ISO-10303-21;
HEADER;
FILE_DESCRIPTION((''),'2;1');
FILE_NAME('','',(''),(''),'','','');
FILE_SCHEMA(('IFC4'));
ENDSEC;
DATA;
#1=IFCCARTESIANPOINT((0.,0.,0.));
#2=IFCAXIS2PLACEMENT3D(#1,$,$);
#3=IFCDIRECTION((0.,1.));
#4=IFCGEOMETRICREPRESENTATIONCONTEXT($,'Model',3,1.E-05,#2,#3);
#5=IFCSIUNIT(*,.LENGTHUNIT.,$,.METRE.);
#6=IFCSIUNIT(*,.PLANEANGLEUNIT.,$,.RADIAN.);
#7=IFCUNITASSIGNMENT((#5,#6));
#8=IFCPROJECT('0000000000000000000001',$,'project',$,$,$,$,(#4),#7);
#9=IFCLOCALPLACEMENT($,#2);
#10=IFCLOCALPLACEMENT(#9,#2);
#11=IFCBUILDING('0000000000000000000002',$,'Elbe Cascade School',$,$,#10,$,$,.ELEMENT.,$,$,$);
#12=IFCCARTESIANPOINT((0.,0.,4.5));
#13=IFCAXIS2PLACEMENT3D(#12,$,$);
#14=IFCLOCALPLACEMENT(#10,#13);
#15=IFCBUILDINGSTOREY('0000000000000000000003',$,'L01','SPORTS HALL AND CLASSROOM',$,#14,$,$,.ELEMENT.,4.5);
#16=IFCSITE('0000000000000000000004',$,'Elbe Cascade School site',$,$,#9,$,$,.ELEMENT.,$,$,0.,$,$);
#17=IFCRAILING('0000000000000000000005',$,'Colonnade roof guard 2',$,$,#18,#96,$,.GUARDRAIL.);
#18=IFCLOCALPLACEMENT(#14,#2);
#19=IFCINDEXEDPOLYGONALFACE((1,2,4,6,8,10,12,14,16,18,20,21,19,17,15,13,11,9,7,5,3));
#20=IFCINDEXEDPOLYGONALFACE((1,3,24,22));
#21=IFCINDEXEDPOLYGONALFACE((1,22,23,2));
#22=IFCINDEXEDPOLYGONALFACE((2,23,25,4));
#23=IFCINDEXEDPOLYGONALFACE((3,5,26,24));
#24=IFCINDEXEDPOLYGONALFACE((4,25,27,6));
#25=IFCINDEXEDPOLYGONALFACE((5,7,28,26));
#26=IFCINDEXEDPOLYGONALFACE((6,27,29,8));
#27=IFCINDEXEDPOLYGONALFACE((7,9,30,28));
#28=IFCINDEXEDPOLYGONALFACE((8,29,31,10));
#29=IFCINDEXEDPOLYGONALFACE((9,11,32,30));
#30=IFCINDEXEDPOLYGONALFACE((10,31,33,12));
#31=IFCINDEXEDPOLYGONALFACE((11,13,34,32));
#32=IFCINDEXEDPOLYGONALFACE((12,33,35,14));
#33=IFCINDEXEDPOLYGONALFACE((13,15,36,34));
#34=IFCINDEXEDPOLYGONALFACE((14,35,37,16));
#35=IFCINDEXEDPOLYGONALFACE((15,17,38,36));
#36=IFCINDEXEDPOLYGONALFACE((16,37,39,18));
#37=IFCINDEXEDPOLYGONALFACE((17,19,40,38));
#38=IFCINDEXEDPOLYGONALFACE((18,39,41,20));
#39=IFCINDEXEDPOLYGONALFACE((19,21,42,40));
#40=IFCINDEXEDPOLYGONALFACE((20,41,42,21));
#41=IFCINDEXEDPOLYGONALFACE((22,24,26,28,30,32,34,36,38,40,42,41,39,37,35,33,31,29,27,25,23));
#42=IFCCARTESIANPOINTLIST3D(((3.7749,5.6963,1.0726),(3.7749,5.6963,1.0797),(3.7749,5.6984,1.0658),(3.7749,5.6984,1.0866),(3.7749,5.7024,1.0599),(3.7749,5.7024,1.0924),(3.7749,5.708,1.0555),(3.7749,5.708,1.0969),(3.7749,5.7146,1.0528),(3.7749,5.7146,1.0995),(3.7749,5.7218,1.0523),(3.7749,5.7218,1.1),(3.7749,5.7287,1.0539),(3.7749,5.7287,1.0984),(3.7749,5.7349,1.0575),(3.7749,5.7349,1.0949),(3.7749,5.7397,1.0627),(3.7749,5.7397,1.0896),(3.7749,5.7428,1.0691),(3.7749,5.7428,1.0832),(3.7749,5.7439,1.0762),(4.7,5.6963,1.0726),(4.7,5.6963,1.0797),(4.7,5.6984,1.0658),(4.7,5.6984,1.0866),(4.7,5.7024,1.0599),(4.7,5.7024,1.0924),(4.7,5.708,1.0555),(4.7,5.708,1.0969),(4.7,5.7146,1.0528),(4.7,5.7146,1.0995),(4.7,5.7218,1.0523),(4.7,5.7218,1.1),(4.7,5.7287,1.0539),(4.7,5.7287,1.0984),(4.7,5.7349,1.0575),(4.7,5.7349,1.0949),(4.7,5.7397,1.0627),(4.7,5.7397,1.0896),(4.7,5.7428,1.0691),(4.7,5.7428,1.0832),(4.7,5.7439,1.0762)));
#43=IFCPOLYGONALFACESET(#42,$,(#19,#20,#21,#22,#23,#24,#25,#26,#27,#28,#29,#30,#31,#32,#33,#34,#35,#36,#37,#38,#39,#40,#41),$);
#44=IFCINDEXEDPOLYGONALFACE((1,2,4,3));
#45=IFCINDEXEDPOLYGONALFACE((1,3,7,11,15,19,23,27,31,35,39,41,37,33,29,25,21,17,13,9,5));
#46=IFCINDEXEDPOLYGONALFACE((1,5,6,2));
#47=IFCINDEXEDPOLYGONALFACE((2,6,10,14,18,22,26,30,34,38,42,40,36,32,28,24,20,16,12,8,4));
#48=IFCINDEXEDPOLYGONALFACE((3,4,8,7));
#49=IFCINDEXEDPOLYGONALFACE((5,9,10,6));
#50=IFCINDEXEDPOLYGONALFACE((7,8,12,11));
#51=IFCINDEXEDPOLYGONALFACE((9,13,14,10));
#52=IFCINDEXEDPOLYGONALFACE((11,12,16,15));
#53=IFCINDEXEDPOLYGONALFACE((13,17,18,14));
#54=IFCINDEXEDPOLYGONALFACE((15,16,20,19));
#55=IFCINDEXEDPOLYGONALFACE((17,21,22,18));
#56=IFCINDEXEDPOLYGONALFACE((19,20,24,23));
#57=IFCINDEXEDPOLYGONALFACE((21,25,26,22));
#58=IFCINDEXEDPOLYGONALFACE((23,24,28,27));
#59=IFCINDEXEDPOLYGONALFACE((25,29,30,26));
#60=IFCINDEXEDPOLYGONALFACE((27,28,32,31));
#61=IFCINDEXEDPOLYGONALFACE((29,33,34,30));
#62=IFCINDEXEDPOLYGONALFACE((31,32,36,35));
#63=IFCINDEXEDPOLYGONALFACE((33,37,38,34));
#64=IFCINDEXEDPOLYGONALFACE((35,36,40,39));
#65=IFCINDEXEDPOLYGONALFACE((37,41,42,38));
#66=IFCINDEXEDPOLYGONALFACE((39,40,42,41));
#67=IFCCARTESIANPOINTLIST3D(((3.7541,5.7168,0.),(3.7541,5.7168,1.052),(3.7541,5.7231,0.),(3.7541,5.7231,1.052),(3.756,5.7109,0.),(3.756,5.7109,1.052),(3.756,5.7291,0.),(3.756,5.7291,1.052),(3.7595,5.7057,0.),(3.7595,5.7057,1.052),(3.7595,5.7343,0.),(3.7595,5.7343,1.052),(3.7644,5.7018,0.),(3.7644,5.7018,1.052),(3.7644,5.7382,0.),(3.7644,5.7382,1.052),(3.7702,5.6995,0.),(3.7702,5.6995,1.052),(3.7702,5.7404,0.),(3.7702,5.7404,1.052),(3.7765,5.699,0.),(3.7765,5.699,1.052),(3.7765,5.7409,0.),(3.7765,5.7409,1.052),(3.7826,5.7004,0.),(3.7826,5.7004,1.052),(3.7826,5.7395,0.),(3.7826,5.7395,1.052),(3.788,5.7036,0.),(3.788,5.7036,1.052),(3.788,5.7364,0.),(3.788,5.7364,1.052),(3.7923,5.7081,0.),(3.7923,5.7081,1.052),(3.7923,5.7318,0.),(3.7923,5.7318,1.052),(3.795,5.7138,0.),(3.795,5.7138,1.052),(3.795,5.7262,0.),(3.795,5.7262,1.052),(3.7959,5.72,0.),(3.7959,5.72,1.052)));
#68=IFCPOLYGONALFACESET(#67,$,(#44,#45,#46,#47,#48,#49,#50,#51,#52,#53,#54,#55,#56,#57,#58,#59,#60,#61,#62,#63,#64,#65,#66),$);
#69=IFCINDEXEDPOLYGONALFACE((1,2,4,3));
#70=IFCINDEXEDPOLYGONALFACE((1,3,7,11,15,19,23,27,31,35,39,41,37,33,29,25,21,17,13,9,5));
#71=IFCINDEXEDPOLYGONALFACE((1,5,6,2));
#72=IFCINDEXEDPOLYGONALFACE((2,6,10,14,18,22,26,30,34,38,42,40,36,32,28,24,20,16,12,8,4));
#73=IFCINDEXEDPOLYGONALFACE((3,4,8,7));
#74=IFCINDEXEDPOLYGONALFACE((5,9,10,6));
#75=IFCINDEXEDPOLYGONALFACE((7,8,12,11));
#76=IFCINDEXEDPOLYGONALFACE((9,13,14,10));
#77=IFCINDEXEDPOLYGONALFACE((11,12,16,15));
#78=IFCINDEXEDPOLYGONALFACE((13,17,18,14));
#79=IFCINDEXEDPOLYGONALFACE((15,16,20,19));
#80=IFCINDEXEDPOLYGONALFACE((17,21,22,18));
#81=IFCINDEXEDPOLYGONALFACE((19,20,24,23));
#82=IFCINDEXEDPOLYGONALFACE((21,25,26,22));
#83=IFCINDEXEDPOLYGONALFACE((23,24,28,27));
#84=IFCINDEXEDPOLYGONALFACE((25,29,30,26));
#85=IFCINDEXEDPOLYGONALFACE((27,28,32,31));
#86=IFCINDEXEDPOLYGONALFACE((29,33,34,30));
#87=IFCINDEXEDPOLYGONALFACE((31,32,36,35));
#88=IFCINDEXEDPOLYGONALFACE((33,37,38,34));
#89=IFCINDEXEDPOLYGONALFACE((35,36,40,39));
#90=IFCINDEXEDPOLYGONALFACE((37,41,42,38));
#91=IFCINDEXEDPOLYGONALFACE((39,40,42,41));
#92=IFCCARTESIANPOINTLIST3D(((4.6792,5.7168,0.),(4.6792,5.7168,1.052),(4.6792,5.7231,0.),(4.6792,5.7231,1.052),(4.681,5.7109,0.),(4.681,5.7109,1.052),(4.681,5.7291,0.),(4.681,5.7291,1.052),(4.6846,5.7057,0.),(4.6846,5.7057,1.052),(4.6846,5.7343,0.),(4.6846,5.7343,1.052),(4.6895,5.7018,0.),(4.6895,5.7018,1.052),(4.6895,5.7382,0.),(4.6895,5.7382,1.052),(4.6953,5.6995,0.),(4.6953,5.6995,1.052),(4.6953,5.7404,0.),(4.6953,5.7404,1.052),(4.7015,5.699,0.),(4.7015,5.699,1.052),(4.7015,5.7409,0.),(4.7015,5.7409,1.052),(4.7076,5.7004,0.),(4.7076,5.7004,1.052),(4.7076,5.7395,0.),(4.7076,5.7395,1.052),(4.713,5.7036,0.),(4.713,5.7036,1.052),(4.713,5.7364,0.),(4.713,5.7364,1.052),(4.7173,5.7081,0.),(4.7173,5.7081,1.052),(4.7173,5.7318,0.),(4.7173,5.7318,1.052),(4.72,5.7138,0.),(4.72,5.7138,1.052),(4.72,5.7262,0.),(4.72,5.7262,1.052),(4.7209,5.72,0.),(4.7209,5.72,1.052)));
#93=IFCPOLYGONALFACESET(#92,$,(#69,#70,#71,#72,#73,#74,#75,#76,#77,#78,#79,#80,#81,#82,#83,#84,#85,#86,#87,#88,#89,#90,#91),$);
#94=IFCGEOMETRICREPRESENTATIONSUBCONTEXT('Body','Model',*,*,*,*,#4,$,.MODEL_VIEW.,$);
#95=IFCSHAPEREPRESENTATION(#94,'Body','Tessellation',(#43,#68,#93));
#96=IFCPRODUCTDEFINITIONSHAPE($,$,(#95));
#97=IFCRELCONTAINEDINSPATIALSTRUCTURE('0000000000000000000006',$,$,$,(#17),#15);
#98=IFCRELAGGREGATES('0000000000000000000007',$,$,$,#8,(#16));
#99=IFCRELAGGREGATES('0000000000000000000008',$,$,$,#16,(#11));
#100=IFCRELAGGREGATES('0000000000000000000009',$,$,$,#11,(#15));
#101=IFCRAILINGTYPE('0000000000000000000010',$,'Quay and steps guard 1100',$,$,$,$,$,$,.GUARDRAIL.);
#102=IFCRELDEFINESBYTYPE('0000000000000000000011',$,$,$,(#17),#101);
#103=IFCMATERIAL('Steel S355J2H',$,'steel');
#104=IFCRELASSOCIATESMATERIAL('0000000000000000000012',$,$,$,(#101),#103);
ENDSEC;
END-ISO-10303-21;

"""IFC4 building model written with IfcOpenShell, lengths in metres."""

from ifc_helpers import new_model, si_unit, direction, frame, origin, origin_2d, place, context, subcontext, project, spatial, circle, extrude, material, type_object, element, save


model = new_model("IFC4")

# Units and contexts
model_context = context("Model", 3, precision=1e-05, world=origin(), true_north=direction((0.0, 1.0)))
body_context = subcontext(model_context, "Body", "Model", "MODEL_VIEW")
ifc_project = project(units=[si_unit("LENGTHUNIT", "METRE"), si_unit("PLANEANGLEUNIT", "RADIAN")], contexts=[model_context])

# Site, building, storey
site_placement = place(None, origin())
site = spatial("IfcSite", under=ifc_project, at=site_placement, Name="Elbe Cascade School site", CompositionType="ELEMENT", RefElevation=0.0)
building_placement = place(site_placement, origin())
building = spatial("IfcBuilding", under=site, at=building_placement, Name="Elbe Cascade School", CompositionType="ELEMENT")
storey_placement = place(building_placement, frame((0.0, 0.0, 4.5)))
storey = spatial("IfcBuildingStorey", under=building, at=storey_placement, Name="L01", Description="SPORTS HALL AND CLASSROOM", CompositionType="ELEMENT", Elevation=4.5)

# Railing
ifc_material_1 = material(Name="Steel S355J2H", Category="steel")
railing_type = type_object("IfcRailingType", Name="Quay and steps guard 1100", PredefinedType="GUARDRAIL", material=ifc_material_1)
railing_1_placement = place(storey_placement, frame((3.7749, 5.72, 0.0)))
element("IfcRailing", 1, at=railing_1_placement, inside=storey, type_object=railing_type, Name="Colonnade roof guard 2", PredefinedType="GUARDRAIL", context=body_context, shape_type="SweptSolid", body=[
    extrude(circle(Radius=0.0239, at=origin_2d()), frame((0.0, 0.0, 1.0762), z_axis=(1.0, 0.0, 0.0), x_axis=(0.0, 1.0, 0.0)), (0.0, 0.0, 1.0), 0.925),
    extrude(circle(Radius=0.021, at=origin_2d()), origin(), (0.0, 0.0, 1.0), 1.052),
    extrude(circle(Radius=0.021, at=origin_2d()), frame((0.925, 0.0, 0.0)), (0.0, 0.0, 1.0), 1.052),
])

save(model, "model.ifc")
